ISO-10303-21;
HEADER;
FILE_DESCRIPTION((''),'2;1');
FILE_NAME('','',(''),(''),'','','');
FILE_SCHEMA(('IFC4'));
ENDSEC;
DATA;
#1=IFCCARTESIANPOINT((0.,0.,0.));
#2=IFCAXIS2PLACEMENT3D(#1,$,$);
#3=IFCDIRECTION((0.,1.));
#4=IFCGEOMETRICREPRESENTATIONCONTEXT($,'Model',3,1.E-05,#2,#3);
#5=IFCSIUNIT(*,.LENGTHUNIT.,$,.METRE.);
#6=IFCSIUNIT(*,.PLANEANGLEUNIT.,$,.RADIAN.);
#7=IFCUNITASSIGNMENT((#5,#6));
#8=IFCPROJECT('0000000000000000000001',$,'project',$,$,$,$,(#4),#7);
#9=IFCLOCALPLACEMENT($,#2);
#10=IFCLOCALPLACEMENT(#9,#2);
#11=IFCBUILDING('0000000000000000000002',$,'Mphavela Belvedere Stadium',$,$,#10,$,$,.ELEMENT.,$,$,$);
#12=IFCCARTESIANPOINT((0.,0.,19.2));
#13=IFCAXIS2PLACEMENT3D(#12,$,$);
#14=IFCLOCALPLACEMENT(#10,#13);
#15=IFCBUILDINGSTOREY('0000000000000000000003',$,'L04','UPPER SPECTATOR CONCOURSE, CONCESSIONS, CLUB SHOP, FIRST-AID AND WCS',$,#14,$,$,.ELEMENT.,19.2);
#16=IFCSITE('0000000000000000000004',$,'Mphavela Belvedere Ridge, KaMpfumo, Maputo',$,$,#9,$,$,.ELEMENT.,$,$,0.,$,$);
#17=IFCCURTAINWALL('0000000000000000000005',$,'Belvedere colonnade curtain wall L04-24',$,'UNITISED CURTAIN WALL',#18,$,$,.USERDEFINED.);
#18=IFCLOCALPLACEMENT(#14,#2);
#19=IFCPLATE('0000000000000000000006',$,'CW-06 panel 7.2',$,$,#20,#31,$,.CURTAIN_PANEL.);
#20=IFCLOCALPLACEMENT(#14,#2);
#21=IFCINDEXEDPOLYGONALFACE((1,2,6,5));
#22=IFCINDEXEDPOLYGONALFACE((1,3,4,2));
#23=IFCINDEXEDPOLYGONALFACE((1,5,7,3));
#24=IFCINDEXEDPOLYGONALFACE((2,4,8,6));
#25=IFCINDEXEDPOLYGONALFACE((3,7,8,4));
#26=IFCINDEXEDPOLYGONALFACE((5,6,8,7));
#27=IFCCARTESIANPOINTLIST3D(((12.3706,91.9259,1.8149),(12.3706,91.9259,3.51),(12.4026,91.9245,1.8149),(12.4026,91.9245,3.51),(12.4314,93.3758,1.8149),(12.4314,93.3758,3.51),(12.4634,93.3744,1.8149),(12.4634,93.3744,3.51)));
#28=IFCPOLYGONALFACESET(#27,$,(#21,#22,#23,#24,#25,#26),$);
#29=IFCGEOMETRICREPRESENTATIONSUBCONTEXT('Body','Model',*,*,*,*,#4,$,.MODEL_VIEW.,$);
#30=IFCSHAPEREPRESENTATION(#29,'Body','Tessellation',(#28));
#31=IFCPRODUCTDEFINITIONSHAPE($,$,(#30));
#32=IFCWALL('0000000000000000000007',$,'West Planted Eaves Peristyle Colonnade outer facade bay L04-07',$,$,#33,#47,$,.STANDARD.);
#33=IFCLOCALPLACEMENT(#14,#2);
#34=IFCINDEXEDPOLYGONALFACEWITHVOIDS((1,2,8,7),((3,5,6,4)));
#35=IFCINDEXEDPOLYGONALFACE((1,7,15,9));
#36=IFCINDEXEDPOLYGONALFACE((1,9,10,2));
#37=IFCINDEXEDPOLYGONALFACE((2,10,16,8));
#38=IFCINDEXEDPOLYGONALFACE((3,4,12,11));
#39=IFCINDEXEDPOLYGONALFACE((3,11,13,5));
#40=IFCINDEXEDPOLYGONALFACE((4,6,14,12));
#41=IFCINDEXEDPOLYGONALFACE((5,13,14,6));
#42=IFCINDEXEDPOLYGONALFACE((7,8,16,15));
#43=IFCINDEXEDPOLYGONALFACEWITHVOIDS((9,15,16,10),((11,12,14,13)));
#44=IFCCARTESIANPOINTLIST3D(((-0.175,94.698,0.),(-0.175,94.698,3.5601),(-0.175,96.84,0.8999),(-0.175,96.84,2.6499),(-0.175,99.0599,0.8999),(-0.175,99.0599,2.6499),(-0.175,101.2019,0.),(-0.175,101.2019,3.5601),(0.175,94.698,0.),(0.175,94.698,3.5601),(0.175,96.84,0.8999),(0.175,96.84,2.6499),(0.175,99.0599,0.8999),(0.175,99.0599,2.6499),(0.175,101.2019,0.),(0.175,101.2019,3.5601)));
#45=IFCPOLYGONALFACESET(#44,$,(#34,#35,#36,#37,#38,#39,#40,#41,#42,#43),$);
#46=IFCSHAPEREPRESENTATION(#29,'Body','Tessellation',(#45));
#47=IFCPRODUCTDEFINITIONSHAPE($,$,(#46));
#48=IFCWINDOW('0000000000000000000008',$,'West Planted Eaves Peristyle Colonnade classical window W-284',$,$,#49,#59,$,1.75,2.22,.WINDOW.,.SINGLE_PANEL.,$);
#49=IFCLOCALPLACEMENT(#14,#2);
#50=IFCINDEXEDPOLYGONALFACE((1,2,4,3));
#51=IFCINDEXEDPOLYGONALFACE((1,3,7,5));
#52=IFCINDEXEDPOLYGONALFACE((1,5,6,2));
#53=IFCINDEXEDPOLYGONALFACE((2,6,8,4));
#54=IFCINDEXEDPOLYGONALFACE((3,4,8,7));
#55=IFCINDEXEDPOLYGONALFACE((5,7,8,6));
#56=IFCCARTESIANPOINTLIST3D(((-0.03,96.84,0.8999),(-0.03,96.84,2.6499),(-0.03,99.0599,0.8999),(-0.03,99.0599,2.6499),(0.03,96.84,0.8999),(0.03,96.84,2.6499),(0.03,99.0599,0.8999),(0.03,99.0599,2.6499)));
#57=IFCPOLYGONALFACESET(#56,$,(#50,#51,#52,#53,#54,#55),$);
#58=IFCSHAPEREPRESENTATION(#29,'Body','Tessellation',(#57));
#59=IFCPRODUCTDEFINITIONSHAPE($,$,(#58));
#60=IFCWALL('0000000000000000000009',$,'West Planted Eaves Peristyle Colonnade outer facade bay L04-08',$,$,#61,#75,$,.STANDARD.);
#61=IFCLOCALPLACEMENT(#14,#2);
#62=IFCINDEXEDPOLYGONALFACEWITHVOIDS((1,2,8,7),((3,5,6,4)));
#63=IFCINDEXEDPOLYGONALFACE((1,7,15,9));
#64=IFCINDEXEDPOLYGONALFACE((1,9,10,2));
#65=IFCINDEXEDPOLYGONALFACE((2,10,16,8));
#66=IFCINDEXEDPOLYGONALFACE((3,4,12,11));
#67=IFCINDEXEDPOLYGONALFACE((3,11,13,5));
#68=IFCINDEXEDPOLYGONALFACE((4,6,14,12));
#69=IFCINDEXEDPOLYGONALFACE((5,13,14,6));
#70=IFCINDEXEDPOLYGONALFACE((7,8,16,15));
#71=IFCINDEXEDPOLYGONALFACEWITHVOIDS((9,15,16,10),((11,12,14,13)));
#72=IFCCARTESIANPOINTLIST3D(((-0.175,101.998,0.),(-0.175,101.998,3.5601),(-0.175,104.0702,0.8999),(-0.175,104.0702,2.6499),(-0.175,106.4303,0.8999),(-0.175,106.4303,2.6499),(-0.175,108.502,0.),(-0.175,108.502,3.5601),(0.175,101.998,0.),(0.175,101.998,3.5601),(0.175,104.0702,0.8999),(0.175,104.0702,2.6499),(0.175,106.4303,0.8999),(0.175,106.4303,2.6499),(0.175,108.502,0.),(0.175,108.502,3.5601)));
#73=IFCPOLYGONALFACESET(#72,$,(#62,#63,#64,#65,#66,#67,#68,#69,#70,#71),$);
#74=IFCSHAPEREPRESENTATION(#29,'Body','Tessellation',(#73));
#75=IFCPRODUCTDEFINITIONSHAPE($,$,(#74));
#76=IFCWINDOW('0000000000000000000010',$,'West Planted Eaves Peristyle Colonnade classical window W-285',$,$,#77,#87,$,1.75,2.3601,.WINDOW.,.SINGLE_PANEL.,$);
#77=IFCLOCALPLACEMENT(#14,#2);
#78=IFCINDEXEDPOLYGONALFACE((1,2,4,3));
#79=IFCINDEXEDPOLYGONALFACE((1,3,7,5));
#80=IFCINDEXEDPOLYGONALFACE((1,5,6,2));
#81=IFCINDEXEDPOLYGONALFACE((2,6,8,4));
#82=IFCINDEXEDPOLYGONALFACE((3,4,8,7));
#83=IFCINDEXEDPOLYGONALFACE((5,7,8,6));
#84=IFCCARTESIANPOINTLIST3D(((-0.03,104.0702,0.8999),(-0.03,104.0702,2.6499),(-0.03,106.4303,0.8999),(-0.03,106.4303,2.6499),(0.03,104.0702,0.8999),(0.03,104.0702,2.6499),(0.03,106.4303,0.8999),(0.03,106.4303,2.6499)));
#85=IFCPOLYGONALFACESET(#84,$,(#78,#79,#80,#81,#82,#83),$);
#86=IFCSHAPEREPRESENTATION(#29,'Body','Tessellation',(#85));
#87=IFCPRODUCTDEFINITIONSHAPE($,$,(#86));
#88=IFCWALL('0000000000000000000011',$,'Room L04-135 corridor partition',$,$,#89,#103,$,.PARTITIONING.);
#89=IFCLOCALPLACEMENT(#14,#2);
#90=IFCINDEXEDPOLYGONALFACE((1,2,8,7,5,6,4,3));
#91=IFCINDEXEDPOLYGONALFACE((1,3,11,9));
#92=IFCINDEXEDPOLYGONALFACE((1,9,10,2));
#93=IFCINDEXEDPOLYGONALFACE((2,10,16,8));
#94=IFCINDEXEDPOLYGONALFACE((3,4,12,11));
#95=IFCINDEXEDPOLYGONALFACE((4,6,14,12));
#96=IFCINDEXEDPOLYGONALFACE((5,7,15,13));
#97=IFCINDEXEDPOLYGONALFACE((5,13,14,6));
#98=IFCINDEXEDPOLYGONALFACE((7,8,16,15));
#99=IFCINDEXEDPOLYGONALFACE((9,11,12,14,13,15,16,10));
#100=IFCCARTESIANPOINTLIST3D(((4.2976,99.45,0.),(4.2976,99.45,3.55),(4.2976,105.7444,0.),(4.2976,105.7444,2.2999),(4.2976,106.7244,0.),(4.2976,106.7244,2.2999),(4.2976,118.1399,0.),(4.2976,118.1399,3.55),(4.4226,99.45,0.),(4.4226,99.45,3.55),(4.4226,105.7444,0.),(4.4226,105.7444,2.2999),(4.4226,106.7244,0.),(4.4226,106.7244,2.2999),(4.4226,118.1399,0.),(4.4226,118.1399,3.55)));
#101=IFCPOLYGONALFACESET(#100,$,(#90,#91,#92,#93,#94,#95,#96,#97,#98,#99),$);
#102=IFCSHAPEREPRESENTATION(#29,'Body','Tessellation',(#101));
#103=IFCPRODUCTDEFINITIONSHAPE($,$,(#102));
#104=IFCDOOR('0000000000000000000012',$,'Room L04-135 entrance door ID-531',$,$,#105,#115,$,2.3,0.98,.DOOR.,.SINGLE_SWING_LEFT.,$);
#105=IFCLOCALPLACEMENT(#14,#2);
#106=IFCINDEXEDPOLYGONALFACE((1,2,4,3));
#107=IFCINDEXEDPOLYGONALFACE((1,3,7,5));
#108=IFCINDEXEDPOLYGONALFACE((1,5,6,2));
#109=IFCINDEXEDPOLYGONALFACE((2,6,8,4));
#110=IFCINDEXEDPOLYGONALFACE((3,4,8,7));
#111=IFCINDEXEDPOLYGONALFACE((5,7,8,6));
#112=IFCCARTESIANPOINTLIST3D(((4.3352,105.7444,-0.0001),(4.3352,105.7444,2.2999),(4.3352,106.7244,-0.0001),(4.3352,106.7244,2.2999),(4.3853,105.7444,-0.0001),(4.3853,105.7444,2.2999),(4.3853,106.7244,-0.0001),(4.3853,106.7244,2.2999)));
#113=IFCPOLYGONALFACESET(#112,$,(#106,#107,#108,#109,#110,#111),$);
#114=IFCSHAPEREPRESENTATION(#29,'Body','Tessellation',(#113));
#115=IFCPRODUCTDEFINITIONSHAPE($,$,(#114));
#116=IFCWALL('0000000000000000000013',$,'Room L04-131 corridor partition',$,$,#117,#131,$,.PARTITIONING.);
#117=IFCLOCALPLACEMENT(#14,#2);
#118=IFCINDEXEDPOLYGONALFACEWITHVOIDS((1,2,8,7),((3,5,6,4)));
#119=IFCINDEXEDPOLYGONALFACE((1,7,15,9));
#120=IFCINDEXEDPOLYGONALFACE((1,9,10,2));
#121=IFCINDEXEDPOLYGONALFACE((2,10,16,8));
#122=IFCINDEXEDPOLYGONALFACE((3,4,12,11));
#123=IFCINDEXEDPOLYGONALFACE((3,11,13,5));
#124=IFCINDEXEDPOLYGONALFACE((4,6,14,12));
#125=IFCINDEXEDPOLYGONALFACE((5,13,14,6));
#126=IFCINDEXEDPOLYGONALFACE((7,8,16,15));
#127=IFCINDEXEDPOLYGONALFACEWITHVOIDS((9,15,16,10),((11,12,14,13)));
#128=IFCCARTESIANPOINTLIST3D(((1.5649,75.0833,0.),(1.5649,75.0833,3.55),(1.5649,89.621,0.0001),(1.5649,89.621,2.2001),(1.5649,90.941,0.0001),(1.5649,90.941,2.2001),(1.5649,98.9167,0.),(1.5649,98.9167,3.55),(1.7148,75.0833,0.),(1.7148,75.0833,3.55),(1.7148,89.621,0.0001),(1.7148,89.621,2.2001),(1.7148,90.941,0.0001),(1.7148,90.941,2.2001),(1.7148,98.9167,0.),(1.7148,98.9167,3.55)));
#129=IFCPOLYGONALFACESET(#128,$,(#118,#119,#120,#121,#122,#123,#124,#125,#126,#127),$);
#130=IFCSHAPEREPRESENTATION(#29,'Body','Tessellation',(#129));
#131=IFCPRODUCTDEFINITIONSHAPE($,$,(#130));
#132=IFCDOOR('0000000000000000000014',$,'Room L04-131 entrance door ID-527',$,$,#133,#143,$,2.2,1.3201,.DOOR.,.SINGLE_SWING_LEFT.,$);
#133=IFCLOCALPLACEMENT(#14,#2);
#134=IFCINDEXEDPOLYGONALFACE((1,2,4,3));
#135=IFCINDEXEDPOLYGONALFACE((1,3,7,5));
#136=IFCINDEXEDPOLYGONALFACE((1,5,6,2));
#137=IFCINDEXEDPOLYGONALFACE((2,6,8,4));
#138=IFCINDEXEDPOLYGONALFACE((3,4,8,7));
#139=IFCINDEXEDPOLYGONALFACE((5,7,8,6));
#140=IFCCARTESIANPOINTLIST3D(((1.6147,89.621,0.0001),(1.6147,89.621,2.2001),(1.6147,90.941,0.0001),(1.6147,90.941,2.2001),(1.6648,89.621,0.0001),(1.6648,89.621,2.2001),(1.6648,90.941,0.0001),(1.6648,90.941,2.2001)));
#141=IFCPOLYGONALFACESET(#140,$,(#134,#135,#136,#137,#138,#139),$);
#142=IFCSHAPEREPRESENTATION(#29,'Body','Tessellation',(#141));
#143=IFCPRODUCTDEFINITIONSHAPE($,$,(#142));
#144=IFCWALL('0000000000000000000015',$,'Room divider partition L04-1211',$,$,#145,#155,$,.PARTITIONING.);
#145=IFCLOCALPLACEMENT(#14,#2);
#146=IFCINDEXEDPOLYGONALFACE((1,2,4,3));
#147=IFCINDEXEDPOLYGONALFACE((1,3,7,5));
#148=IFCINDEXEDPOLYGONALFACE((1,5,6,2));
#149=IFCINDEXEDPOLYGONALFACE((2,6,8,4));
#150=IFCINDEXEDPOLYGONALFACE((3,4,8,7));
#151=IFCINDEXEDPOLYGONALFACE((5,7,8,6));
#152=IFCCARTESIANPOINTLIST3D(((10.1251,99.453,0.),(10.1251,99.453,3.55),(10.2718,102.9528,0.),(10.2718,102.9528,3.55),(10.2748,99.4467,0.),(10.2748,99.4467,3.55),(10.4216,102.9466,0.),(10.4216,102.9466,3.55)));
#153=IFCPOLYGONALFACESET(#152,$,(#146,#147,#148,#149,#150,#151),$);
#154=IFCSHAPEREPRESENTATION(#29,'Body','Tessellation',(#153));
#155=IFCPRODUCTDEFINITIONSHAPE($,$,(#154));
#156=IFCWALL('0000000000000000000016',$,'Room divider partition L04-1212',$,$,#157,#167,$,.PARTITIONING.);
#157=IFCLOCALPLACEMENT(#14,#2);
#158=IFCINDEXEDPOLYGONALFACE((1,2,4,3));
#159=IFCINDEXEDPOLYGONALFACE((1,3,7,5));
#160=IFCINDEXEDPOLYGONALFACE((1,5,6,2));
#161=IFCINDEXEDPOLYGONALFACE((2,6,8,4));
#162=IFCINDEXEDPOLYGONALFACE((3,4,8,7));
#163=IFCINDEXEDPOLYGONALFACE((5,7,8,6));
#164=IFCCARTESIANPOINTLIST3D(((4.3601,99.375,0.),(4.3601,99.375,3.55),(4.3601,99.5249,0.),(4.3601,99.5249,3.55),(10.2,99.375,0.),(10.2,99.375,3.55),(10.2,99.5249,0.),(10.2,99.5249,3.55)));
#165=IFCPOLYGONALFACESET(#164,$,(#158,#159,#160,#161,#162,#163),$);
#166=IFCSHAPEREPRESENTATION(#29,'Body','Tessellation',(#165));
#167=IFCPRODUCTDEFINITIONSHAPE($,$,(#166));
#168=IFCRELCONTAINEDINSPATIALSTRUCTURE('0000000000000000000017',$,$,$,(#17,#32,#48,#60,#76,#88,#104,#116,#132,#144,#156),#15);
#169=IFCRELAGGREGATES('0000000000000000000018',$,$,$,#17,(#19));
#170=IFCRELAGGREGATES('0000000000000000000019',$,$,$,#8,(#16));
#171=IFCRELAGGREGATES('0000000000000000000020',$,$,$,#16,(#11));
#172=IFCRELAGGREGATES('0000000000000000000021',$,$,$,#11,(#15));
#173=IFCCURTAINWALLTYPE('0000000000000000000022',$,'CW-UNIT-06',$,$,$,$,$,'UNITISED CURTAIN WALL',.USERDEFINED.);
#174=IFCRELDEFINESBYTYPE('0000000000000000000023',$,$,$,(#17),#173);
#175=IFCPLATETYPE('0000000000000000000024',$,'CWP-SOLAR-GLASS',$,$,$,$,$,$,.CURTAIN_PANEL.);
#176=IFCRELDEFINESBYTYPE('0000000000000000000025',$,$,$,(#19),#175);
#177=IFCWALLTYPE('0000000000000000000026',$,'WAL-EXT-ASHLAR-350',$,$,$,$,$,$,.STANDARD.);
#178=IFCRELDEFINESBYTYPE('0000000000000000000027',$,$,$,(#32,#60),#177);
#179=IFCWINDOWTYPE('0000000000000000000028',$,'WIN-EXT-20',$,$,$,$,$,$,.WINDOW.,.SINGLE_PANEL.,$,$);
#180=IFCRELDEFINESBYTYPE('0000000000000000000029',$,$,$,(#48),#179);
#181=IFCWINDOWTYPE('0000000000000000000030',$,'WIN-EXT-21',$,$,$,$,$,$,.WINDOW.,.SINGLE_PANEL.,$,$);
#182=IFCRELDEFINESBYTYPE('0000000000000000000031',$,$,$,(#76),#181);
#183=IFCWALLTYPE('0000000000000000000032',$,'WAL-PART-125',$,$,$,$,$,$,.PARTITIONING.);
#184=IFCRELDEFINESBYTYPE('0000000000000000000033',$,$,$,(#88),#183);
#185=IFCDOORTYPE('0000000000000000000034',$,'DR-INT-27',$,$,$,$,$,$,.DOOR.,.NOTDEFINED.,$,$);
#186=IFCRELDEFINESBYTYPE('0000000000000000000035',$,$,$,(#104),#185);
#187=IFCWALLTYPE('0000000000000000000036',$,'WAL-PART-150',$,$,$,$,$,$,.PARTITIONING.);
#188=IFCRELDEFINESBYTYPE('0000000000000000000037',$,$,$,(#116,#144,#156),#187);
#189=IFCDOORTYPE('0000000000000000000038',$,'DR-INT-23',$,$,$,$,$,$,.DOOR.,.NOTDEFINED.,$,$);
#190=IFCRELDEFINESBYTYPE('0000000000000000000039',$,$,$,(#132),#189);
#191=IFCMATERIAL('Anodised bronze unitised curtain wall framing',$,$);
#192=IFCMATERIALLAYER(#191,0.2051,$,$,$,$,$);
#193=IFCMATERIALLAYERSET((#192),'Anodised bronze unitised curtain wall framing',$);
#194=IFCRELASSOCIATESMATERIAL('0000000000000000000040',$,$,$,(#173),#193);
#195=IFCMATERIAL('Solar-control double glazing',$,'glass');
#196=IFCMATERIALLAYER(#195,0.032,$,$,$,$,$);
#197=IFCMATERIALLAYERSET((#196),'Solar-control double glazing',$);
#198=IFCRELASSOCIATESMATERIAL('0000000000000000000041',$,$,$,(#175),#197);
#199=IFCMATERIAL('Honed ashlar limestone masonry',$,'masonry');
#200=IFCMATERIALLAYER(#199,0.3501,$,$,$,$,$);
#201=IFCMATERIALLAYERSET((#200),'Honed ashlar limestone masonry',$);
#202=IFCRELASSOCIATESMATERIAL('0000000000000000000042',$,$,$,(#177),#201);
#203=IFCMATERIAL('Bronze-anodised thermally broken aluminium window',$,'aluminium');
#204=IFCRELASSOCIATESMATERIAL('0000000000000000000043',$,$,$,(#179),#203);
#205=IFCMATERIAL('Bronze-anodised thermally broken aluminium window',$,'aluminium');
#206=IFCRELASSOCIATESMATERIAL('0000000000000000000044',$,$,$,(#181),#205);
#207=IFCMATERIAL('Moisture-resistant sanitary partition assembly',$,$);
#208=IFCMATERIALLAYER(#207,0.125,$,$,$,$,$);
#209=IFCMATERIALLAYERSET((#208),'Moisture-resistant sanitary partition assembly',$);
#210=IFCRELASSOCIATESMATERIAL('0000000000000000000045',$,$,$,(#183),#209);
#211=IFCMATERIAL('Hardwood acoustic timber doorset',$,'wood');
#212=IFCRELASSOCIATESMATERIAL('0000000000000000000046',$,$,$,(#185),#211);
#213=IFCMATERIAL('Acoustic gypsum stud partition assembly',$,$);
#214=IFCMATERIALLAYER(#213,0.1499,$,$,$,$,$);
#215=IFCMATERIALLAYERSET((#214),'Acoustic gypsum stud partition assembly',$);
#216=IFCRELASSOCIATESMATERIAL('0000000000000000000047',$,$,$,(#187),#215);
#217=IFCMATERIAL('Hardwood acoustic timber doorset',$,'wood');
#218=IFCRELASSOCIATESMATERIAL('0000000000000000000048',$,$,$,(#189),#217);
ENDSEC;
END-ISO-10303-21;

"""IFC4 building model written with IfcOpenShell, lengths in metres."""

from ifc_helpers import new_model, si_unit, direction, frame, frame_2d, origin, origin_2d, place, context, subcontext, project, spatial, rectangle, extrude, material, layer, layer_set, type_object, element, fill, aggregate, save


model = new_model("IFC4")

# Units and contexts
model_context = context("Model", 3, precision=1e-05, world=origin(), true_north=direction((0.0, 1.0)))
body_context = subcontext(model_context, "Body", "Model", "MODEL_VIEW")
ifc_project = project(units=[si_unit("LENGTHUNIT", "METRE"), si_unit("PLANEANGLEUNIT", "RADIAN")], contexts=[model_context])

# Site, building, storey
site_placement = place(None, origin())
site = spatial("IfcSite", under=ifc_project, at=site_placement, Name="Mphavela Belvedere Ridge, KaMpfumo, Maputo", CompositionType="ELEMENT", RefElevation=0.0)
building_placement = place(site_placement, origin())
building = spatial("IfcBuilding", under=site, at=building_placement, Name="Mphavela Belvedere Stadium", CompositionType="ELEMENT")
storey_placement = place(building_placement, frame((0.0, 0.0, 19.2)))
storey = spatial("IfcBuildingStorey", under=building, at=storey_placement, Name="L04", Description="UPPER SPECTATOR CONCOURSE, CONCESSIONS, CLUB SHOP, FIRST-AID AND WCS", CompositionType="ELEMENT", Elevation=19.2)

# Curtain wall, plate
ifc_material_1 = material(Name="Anodised bronze unitised curtain wall framing")
ifc_layer_1 = layer(ifc_material_1, 0.2051)
ifc_layer_set_1 = layer_set([ifc_layer_1], Name="Anodised bronze unitised curtain wall framing")
curtain_wall_type = type_object("IfcCurtainWallType", Name="CW-UNIT-06", ElementType="UNITISED CURTAIN WALL", PredefinedType="USERDEFINED", material=ifc_layer_set_1)
curtain_wall_placement = place(storey_placement, origin())
curtain_wall = element("IfcCurtainWall", 1, at=curtain_wall_placement, inside=storey, type_object=curtain_wall_type, Name="Belvedere colonnade curtain wall L04-24", ObjectType="UNITISED CURTAIN WALL", PredefinedType="USERDEFINED")
ifc_material_2 = material(Name="Solar-control double glazing", Category="glass")
ifc_layer_2 = layer(ifc_material_2, 0.032)
ifc_layer_set_2 = layer_set([ifc_layer_2], Name="Solar-control double glazing")
plate_type = type_object("IfcPlateType", Name="CWP-SOLAR-GLASS", PredefinedType="CURTAIN_PANEL", material=ifc_layer_set_2)
plate_1_placement = place(storey_placement, frame((12.417, 92.6501, 1.8149), z_axis=(0.0, 0.0, 1.0), x_axis=(-0.041905, -0.999122, 0.0)))
plate_1 = element("IfcPlate", 2, at=plate_1_placement, type_object=plate_type, Name="CW-06 panel 7.2", PredefinedType="CURTAIN_PANEL", context=body_context, shape_type="SweptSolid", body=[
    extrude(rectangle(XDim=1.4512, YDim=0.032, at=origin_2d()), origin(), (0.0, 0.0, 1.0), 1.6951),
])
aggregate(curtain_wall, [plate_1])

# Walls, openings, windows
ifc_material_3 = material(Name="Honed ashlar limestone masonry", Category="masonry")
ifc_layer_3 = layer(ifc_material_3, 0.3501)
ifc_layer_set_3 = layer_set([ifc_layer_3], Name="Honed ashlar limestone masonry")
wall_type_1 = type_object("IfcWallType", Name="WAL-EXT-ASHLAR-350", PredefinedType="STANDARD", material=ifc_layer_set_3)
wall_1_placement = place(storey_placement, frame((0.0, 94.698, 0.0), z_axis=(0.0, 0.0, 1.0), x_axis=(0.0, 1.0, 0.0)))
wall_1 = element("IfcWall", 3, at=wall_1_placement, inside=storey, type_object=wall_type_1, Name="West Planted Eaves Peristyle Colonnade outer facade bay L04-07", PredefinedType="STANDARD", context=body_context, shape_type="SweptSolid", body=[
    extrude(rectangle(XDim=6.5039, YDim=0.3501, at=frame_2d((3.252, 0.0))), origin(), (0.0, 0.0, 1.0), 3.5601),
])
opening_1_placement = place(wall_1_placement, frame((2.1421, 0.0, 0.8999)))
opening_1 = element("IfcOpeningElement", 4, at=opening_1_placement, cuts=wall_1, PredefinedType="OPENING", context=body_context, shape_type="SweptSolid", body=[
    extrude(rectangle(XDim=2.22, YDim=1.75, at=frame_2d((1.1099, 0.875))), frame((0.0, 0.1851, 0.0), z_axis=(0.0, -1.0, 0.0), x_axis=(1.0, 0.0, 0.0)), (0.0, 0.0, 1.0), 0.3701),
])
ifc_material_4 = material(Name="Bronze-anodised thermally broken aluminium window", Category="aluminium")
window_type_1 = type_object("IfcWindowType", Name="WIN-EXT-20", PartitioningType="SINGLE_PANEL", PredefinedType="WINDOW", material=ifc_material_4)
window_1_placement = place(opening_1_placement, origin())
window_1 = element("IfcWindow", 5, at=window_1_placement, inside=storey, type_object=window_type_1, Name="West Planted Eaves Peristyle Colonnade classical window W-284", OverallHeight=1.75, OverallWidth=2.22, PartitioningType="SINGLE_PANEL", PredefinedType="WINDOW", context=body_context, shape_type="SweptSolid", body=[
    extrude(rectangle(XDim=2.22, YDim=1.75, at=frame_2d((1.1099, 0.875))), frame((0.0, 0.03, 0.0), z_axis=(0.0, -1.0, 0.0), x_axis=(1.0, 0.0, 0.0)), (0.0, 0.0, 1.0), 0.0601),
])
fill(opening_1, window_1)
wall_2_placement = place(storey_placement, frame((0.0, 101.998, 0.0), z_axis=(0.0, 0.0, 1.0), x_axis=(0.0, 1.0, 0.0)))
wall_2 = element("IfcWall", 6, at=wall_2_placement, inside=storey, type_object=wall_type_1, Name="West Planted Eaves Peristyle Colonnade outer facade bay L04-08", PredefinedType="STANDARD", context=body_context, shape_type="SweptSolid", body=[
    extrude(rectangle(XDim=6.5039, YDim=0.3501, at=frame_2d((3.252, 0.0))), origin(), (0.0, 0.0, 1.0), 3.5601),
])
opening_2_placement = place(wall_2_placement, frame((2.072, 0.0, 0.8999)))
opening_2 = element("IfcOpeningElement", 7, at=opening_2_placement, cuts=wall_2, PredefinedType="OPENING", context=body_context, shape_type="SweptSolid", body=[
    extrude(rectangle(XDim=2.3601, YDim=1.75, at=frame_2d((1.1802, 0.875))), frame((0.0, 0.1851, 0.0), z_axis=(0.0, -1.0, 0.0), x_axis=(1.0, 0.0, 0.0)), (0.0, 0.0, 1.0), 0.3701),
])
ifc_material_5 = material(Name="Bronze-anodised thermally broken aluminium window", Category="aluminium")
window_type_2 = type_object("IfcWindowType", Name="WIN-EXT-21", PartitioningType="SINGLE_PANEL", PredefinedType="WINDOW", material=ifc_material_5)
window_2_placement = place(opening_2_placement, origin())
window_2 = element("IfcWindow", 8, at=window_2_placement, inside=storey, type_object=window_type_2, Name="West Planted Eaves Peristyle Colonnade classical window W-285", OverallHeight=1.75, OverallWidth=2.3601, PartitioningType="SINGLE_PANEL", PredefinedType="WINDOW", context=body_context, shape_type="SweptSolid", body=[
    extrude(rectangle(XDim=2.3601, YDim=1.75, at=frame_2d((1.1802, 0.875))), frame((0.0, 0.03, 0.0), z_axis=(0.0, -1.0, 0.0), x_axis=(1.0, 0.0, 0.0)), (0.0, 0.0, 1.0), 0.0601),
])
fill(opening_2, window_2)

# Walls, openings, doors
ifc_material_6 = material(Name="Moisture-resistant sanitary partition assembly")
ifc_layer_4 = layer(ifc_material_6, 0.125)
ifc_layer_set_4 = layer_set([ifc_layer_4], Name="Moisture-resistant sanitary partition assembly")
wall_type_2 = type_object("IfcWallType", Name="WAL-PART-125", PredefinedType="PARTITIONING", material=ifc_layer_set_4)
wall_3_placement = place(storey_placement, frame((4.3601, 99.45, 0.0), z_axis=(0.0, 0.0, 1.0), x_axis=(0.0, 1.0, 0.0)))
wall_3 = element("IfcWall", 9, at=wall_3_placement, inside=storey, type_object=wall_type_2, Name="Room L04-135 corridor partition", PredefinedType="PARTITIONING", context=body_context, shape_type="SweptSolid", body=[
    extrude(rectangle(XDim=18.6899, YDim=0.125, at=frame_2d((9.345, 0.0))), origin(), (0.0, 0.0, 1.0), 3.55),
])
opening_3_placement = place(wall_3_placement, frame((6.2944, 0.0, 0.0)))
opening_3 = element("IfcOpeningElement", 10, at=opening_3_placement, cuts=wall_3, PredefinedType="OPENING", context=body_context, shape_type="SweptSolid", body=[
    extrude(rectangle(XDim=0.98, YDim=2.3, at=frame_2d((0.49, 1.1499))), frame((0.0, 0.0725, 0.0), z_axis=(0.0, -1.0, 0.0), x_axis=(1.0, 0.0, 0.0)), (0.0, 0.0, 1.0), 0.145),
])
ifc_material_7 = material(Name="Hardwood acoustic timber doorset", Category="wood")
door_type_1 = type_object("IfcDoorType", Name="DR-INT-27", OperationType="NOTDEFINED", PredefinedType="DOOR", material=ifc_material_7)
door_1_placement = place(opening_3_placement, origin())
door_1 = element("IfcDoor", 11, at=door_1_placement, inside=storey, type_object=door_type_1, Name="Room L04-135 entrance door ID-531", OperationType="SINGLE_SWING_LEFT", OverallHeight=2.3, OverallWidth=0.98, PredefinedType="DOOR", context=body_context, shape_type="SweptSolid", body=[
    extrude(rectangle(XDim=0.98, YDim=2.3, at=frame_2d((0.49, 1.1499))), frame((0.0, 0.0249, 0.0), z_axis=(0.0, -1.0, 0.0), x_axis=(1.0, 0.0, 0.0)), (0.0, 0.0, 1.0), 0.05),
])
fill(opening_3, door_1)
ifc_material_8 = material(Name="Acoustic gypsum stud partition assembly")
ifc_layer_5 = layer(ifc_material_8, 0.1499)
ifc_layer_set_5 = layer_set([ifc_layer_5], Name="Acoustic gypsum stud partition assembly")
wall_type_3 = type_object("IfcWallType", Name="WAL-PART-150", PredefinedType="PARTITIONING", material=ifc_layer_set_5)
wall_4_placement = place(storey_placement, frame((1.6399, 98.9167, 0.0), z_axis=(0.0, 0.0, 1.0), x_axis=(0.0, -1.0, 0.0)))
wall_4 = element("IfcWall", 12, at=wall_4_placement, inside=storey, type_object=wall_type_3, Name="Room L04-131 corridor partition", PredefinedType="PARTITIONING", context=body_context, shape_type="SweptSolid", body=[
    extrude(rectangle(XDim=23.8335, YDim=0.1499, at=frame_2d((11.9167, 0.0))), origin(), (0.0, 0.0, 1.0), 3.55),
])
opening_4_placement = place(wall_4_placement, frame((7.9756, 0.0, 0.0)))
opening_4 = element("IfcOpeningElement", 13, at=opening_4_placement, cuts=wall_4, PredefinedType="OPENING", context=body_context, shape_type="SweptSolid", body=[
    extrude(rectangle(XDim=1.3201, YDim=2.2, at=frame_2d((0.6602, 1.1001))), frame((0.0, 0.085, 0.0), z_axis=(0.0, -1.0, 0.0), x_axis=(1.0, 0.0, 0.0)), (0.0, 0.0, 1.0), 0.1699),
])
ifc_material_9 = material(Name="Hardwood acoustic timber doorset", Category="wood")
door_type_2 = type_object("IfcDoorType", Name="DR-INT-23", OperationType="NOTDEFINED", PredefinedType="DOOR", material=ifc_material_9)
door_2_placement = place(opening_4_placement, origin())
door_2 = element("IfcDoor", 14, at=door_2_placement, inside=storey, type_object=door_type_2, Name="Room L04-131 entrance door ID-527", OperationType="SINGLE_SWING_LEFT", OverallHeight=2.2, OverallWidth=1.3201, PredefinedType="DOOR", context=body_context, shape_type="SweptSolid", body=[
    extrude(rectangle(XDim=1.3201, YDim=2.2, at=frame_2d((0.6602, 1.1001))), frame((0.0, 0.0249, 0.0), z_axis=(0.0, -1.0, 0.0), x_axis=(1.0, 0.0, 0.0)), (0.0, 0.0, 1.0), 0.05),
])
fill(opening_4, door_2)

# Walls
wall_5_placement = place(storey_placement, frame((10.3467, 102.9497, 0.0), z_axis=(0.0, 0.0, 1.0), x_axis=(-0.041889, -0.999122, 0.0)))
element("IfcWall", 15, at=wall_5_placement, inside=storey, type_object=wall_type_3, Name="Room divider partition L04-1211", PredefinedType="PARTITIONING", context=body_context, shape_type="SweptSolid", body=[
    extrude(rectangle(XDim=3.5029, YDim=0.1499, at=frame_2d((1.7515, 0.0))), origin(), (0.0, 0.0, 1.0), 3.55),
])
wall_6_placement = place(storey_placement, frame((10.2, 99.45, 0.0), z_axis=(0.0, 0.0, 1.0), x_axis=(-1.0, 0.0, 0.0)))
element("IfcWall", 16, at=wall_6_placement, inside=storey, type_object=wall_type_3, Name="Room divider partition L04-1212", PredefinedType="PARTITIONING", context=body_context, shape_type="SweptSolid", body=[
    extrude(rectangle(XDim=5.8398, YDim=0.1499, at=frame_2d((2.9199, 0.0))), origin(), (0.0, 0.0, 1.0), 3.55),
])

save(model, "model.ifc")
